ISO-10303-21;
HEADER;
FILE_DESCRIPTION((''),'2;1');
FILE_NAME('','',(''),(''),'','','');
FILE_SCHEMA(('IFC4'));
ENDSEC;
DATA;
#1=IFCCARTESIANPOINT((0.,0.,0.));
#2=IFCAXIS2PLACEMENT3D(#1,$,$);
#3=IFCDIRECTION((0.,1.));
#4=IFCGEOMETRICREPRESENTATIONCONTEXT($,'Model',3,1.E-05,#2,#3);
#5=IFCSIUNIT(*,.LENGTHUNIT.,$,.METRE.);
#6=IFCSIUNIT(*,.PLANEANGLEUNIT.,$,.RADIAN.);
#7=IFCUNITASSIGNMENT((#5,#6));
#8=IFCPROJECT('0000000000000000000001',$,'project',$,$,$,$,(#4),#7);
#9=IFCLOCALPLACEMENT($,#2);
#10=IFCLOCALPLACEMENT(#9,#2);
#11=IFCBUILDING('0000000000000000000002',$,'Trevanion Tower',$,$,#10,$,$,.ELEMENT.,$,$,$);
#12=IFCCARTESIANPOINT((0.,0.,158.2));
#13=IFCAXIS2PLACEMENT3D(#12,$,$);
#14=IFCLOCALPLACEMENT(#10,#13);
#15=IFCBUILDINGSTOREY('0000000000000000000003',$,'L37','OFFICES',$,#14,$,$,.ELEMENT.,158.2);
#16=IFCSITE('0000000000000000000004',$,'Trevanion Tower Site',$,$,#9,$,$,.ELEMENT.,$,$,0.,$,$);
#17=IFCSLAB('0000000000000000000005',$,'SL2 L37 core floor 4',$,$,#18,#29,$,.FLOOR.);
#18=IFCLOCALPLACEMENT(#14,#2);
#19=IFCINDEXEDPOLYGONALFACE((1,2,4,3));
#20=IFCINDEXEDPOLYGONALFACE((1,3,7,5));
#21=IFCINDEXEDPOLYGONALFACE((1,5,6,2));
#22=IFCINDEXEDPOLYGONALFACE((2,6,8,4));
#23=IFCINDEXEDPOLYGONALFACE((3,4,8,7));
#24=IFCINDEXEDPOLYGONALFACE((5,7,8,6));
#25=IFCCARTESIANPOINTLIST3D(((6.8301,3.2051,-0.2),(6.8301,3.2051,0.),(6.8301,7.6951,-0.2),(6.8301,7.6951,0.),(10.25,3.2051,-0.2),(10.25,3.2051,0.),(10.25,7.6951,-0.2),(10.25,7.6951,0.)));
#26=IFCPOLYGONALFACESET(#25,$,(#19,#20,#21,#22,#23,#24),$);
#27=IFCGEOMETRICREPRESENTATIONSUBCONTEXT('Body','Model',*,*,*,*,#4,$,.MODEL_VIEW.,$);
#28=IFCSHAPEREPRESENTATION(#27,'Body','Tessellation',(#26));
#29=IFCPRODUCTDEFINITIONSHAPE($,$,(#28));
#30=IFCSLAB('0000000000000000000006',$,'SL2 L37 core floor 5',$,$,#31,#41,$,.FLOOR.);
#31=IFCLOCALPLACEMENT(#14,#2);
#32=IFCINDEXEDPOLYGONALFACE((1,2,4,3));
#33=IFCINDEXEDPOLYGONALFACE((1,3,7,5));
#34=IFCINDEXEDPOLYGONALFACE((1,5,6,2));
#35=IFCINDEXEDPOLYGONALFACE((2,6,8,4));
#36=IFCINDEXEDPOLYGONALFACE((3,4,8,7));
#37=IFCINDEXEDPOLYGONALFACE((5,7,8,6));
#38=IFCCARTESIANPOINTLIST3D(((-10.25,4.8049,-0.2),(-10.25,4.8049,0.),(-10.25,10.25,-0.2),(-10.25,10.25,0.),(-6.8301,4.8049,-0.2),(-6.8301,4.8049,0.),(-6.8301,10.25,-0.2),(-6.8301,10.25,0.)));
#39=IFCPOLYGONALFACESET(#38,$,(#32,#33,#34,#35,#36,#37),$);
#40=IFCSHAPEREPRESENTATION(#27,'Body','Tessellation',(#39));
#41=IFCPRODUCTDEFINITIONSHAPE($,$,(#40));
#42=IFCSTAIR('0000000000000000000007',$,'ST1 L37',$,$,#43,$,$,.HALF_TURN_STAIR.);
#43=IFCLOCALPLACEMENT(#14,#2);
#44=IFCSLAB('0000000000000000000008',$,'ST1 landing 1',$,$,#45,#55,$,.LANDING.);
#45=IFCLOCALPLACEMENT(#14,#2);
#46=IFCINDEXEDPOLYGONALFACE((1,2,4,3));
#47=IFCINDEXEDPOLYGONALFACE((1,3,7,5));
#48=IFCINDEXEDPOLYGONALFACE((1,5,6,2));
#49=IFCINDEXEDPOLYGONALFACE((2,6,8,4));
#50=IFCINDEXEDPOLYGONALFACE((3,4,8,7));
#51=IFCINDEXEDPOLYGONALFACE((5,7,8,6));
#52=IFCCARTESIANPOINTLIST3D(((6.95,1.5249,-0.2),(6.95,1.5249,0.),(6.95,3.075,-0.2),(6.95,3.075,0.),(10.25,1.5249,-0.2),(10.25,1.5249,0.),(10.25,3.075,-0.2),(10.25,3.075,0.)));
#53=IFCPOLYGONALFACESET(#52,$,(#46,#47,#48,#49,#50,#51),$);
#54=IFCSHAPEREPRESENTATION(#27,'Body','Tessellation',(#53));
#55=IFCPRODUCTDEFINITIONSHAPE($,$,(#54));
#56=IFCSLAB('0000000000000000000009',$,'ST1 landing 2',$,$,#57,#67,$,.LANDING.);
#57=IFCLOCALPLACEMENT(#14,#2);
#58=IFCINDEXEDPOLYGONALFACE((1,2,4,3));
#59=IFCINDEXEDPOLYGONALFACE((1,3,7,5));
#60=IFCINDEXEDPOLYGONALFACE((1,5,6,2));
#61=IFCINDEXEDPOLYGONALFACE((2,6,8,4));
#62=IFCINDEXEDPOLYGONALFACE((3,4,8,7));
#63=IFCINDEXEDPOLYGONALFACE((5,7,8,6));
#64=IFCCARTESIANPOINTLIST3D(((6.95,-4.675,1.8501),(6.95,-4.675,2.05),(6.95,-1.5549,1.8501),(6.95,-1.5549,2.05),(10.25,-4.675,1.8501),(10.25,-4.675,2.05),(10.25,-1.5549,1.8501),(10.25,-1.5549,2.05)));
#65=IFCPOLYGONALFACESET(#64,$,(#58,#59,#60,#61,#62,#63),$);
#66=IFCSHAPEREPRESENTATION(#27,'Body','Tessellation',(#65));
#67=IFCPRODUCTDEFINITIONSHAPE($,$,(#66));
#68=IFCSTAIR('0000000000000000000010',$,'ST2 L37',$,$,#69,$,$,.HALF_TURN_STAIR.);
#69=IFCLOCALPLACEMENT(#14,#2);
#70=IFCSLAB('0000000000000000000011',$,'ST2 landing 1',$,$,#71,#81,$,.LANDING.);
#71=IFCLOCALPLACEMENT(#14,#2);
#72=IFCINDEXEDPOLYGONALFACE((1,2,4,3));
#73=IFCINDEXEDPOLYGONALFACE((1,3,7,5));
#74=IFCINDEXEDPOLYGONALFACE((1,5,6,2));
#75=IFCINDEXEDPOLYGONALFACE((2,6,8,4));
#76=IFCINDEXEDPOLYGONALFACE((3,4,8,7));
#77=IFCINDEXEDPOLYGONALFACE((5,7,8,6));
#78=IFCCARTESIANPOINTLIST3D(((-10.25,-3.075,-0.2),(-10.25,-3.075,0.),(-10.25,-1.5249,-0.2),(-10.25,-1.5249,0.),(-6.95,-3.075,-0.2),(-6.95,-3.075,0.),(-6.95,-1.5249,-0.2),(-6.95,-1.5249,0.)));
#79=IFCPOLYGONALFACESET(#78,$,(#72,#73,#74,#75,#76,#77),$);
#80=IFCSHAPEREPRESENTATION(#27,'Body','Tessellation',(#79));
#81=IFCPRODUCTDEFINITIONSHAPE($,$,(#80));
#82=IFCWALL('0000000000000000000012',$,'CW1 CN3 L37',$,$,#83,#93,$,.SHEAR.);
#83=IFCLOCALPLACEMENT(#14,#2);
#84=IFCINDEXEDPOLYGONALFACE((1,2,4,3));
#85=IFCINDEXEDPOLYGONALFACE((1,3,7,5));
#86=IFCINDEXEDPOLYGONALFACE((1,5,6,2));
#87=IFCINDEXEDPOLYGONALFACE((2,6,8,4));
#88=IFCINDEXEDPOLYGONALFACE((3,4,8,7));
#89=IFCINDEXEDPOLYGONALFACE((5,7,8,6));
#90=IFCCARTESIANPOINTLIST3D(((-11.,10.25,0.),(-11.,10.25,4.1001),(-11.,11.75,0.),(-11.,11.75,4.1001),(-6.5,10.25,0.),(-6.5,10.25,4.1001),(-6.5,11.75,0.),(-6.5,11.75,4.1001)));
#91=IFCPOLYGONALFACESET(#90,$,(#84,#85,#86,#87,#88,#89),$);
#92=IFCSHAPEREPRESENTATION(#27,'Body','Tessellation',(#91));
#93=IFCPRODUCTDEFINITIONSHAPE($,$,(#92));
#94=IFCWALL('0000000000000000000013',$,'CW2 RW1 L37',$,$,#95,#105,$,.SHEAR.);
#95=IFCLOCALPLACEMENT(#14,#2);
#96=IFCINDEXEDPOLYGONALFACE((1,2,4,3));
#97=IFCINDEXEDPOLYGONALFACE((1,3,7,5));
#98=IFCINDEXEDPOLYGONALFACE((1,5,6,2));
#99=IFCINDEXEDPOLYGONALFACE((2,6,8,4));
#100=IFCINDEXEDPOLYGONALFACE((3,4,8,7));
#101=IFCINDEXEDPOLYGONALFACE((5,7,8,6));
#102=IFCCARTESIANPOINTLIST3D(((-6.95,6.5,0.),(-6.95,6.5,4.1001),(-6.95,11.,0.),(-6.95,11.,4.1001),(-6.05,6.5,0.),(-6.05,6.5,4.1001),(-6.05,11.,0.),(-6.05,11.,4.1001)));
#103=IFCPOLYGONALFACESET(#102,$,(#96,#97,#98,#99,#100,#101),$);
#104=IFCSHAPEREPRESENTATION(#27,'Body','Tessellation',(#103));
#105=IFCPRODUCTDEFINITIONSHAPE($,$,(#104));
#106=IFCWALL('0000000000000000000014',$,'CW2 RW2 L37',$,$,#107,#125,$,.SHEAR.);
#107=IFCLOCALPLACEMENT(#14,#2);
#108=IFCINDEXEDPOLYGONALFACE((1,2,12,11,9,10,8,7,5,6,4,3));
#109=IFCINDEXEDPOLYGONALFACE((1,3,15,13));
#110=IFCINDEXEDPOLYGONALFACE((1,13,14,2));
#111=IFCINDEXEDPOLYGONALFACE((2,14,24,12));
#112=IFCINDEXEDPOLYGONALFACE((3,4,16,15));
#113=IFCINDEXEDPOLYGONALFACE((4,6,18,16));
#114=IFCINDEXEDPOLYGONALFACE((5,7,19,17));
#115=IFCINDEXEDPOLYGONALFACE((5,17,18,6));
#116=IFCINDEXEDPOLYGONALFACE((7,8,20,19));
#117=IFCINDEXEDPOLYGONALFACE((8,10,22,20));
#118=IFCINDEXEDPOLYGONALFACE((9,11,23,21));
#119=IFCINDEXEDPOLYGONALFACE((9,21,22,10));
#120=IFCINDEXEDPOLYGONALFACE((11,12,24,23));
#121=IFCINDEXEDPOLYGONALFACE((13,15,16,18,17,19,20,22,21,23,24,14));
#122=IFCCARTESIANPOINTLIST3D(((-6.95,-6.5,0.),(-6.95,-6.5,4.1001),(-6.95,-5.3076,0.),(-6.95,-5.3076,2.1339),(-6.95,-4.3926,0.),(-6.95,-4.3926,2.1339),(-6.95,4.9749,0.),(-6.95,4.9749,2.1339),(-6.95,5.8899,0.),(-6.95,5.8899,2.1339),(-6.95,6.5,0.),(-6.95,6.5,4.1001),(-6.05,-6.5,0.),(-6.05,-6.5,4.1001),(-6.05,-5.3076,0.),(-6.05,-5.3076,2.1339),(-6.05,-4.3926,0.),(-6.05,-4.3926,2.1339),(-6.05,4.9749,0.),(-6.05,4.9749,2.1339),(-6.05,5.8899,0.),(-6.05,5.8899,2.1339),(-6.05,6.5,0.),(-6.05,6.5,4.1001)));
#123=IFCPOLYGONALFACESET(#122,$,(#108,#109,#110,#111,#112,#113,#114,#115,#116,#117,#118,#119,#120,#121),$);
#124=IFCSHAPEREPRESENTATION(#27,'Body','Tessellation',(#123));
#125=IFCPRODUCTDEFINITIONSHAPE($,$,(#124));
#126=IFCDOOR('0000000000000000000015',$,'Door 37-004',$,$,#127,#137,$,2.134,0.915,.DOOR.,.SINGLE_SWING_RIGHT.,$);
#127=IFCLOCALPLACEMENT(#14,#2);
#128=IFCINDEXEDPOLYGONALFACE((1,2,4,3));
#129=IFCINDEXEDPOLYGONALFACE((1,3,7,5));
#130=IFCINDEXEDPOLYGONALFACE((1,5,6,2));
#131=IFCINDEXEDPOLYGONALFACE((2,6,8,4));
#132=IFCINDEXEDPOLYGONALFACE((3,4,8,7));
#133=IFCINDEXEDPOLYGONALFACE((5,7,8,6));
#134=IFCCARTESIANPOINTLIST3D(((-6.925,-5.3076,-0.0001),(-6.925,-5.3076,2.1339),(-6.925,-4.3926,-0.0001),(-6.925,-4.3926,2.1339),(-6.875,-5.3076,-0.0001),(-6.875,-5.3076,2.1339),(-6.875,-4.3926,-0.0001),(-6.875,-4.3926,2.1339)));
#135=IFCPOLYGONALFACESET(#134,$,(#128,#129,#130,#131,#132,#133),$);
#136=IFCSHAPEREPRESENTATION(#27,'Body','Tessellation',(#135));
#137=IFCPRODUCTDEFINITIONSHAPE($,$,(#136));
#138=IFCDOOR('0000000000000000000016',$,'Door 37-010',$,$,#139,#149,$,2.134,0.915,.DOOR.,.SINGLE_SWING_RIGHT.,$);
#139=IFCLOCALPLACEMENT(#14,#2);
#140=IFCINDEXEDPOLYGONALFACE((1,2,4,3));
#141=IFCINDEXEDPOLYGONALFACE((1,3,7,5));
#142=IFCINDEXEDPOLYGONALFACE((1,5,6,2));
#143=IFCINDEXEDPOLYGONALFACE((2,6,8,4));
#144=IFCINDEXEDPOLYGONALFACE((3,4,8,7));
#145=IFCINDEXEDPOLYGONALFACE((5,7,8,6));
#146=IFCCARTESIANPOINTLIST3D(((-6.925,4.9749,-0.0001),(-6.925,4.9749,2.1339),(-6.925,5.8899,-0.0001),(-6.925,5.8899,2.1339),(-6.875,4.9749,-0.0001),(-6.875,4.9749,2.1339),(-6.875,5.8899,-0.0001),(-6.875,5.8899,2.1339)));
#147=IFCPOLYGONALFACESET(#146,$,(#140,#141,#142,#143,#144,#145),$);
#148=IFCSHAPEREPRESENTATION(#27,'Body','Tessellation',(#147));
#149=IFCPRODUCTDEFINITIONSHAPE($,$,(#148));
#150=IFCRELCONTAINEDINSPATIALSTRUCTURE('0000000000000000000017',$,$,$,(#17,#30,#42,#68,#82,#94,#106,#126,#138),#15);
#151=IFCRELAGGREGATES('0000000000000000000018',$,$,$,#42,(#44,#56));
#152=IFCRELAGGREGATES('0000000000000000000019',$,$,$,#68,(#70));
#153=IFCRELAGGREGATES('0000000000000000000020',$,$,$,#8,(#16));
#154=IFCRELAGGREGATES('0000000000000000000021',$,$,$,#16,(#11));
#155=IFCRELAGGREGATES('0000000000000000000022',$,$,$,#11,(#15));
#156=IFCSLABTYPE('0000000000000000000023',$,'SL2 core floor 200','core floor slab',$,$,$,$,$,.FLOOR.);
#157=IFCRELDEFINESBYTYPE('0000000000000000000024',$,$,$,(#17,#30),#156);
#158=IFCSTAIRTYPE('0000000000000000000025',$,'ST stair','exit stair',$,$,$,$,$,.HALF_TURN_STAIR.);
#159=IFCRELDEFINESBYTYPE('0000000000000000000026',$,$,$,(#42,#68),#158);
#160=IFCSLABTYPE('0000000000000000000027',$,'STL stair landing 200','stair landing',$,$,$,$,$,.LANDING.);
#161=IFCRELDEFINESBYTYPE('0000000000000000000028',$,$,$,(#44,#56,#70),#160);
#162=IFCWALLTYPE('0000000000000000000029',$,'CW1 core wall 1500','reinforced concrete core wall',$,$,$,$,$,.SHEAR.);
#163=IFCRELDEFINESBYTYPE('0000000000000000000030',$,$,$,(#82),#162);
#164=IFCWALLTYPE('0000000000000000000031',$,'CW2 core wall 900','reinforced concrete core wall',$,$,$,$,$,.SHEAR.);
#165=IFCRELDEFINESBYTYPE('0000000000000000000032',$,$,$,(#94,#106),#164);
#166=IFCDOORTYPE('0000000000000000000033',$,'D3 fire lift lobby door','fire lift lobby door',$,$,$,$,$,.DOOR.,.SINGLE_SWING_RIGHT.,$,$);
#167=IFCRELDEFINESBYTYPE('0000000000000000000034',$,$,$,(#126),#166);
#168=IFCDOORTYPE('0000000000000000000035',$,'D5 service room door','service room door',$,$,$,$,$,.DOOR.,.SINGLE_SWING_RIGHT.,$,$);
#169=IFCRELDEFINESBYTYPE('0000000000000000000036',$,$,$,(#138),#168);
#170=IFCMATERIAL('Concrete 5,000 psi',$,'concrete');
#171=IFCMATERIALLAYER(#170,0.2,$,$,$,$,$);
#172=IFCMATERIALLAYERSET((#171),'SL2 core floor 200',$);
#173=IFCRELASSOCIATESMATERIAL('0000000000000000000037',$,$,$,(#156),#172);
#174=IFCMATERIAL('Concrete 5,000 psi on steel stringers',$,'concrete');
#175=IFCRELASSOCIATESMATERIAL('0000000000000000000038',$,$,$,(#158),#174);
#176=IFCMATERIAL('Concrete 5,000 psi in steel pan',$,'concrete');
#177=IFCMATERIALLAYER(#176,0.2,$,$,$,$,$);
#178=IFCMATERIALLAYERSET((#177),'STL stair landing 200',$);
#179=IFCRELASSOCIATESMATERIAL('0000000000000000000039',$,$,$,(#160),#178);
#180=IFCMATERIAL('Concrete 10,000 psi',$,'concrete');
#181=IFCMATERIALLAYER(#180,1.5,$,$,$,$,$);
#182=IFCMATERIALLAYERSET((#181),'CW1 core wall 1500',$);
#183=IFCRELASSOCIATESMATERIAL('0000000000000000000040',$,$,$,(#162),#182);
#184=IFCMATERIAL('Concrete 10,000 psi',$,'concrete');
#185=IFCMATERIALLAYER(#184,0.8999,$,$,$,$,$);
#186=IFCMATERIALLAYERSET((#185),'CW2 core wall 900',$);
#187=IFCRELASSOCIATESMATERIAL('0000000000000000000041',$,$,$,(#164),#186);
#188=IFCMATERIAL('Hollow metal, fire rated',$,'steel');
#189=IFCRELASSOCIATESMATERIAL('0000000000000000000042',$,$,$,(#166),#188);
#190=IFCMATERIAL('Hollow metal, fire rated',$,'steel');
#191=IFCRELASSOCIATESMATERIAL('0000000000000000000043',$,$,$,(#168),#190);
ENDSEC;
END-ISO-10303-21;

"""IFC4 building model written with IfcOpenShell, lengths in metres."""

from ifc_helpers import new_model, si_unit, direction, frame, frame_2d, origin, place, context, subcontext, project, spatial, polyline, rectangle, outline, extrude, material, layer, layer_set, type_object, element, fill, aggregate, save


model = new_model("IFC4")

# Units and contexts
model_context = context("Model", 3, precision=1e-05, world=origin(), true_north=direction((0.0, 1.0)))
body_context = subcontext(model_context, "Body", "Model", "MODEL_VIEW")
ifc_project = project(units=[si_unit("LENGTHUNIT", "METRE"), si_unit("PLANEANGLEUNIT", "RADIAN")], contexts=[model_context])

# Site, building, storey
site_placement = place(None, origin())
site = spatial("IfcSite", under=ifc_project, at=site_placement, Name="Trevanion Tower Site", CompositionType="ELEMENT", RefElevation=0.0)
building_placement = place(site_placement, origin())
building = spatial("IfcBuilding", under=site, at=building_placement, Name="Trevanion Tower", CompositionType="ELEMENT")
storey_placement = place(building_placement, frame((0.0, 0.0, 158.2)))
storey = spatial("IfcBuildingStorey", under=building, at=storey_placement, Name="L37", Description="OFFICES", CompositionType="ELEMENT", Elevation=158.2)

# Slabs
ifc_material_1 = material(Name="Concrete 5,000 psi", Category="concrete")
ifc_layer_1 = layer(ifc_material_1, 0.2)
ifc_layer_set_1 = layer_set([ifc_layer_1], Name="SL2 core floor 200")
slab_type_1 = type_object("IfcSlabType", Name="SL2 core floor 200", Description="core floor slab", PredefinedType="FLOOR", material=ifc_layer_set_1)
slab_1_placement = place(storey_placement, frame((0.0, 0.0, -0.2)))
element("IfcSlab", 1, at=slab_1_placement, inside=storey, type_object=slab_type_1, Name="SL2 L37 core floor 4", PredefinedType="FLOOR", context=body_context, shape_type="SweptSolid", body=[
    extrude(outline(polyline([(6.8301, 3.2051), (6.8301, 7.6951), (10.25, 7.6951), (10.25, 3.2051), (6.8301, 3.2051)])), origin(), (0.0, 0.0, 1.0), 0.2),
])
slab_2_placement = place(storey_placement, frame((0.0, 0.0, -0.2)))
element("IfcSlab", 2, at=slab_2_placement, inside=storey, type_object=slab_type_1, Name="SL2 L37 core floor 5", PredefinedType="FLOOR", context=body_context, shape_type="SweptSolid", body=[
    extrude(outline(polyline([(-6.8301, 4.8049), (-10.25, 4.8049), (-10.25, 10.25), (-6.8301, 10.25), (-6.8301, 4.8049)])), origin(), (0.0, 0.0, 1.0), 0.2),
])

# Stair, slabs
ifc_material_2 = material(Name="Concrete 5,000 psi on steel stringers", Category="concrete")
stair_type = type_object("IfcStairType", Name="ST stair", Description="exit stair", PredefinedType="HALF_TURN_STAIR", material=ifc_material_2)
stair_1_placement = place(storey_placement, origin())
stair_1 = element("IfcStair", 3, at=stair_1_placement, inside=storey, type_object=stair_type, Name="ST1 L37", PredefinedType="HALF_TURN_STAIR")
ifc_material_3 = material(Name="Concrete 5,000 psi in steel pan", Category="concrete")
ifc_layer_2 = layer(ifc_material_3, 0.2)
ifc_layer_set_2 = layer_set([ifc_layer_2], Name="STL stair landing 200")
slab_type_2 = type_object("IfcSlabType", Name="STL stair landing 200", Description="stair landing", PredefinedType="LANDING", material=ifc_layer_set_2)
slab_3_placement = place(storey_placement, frame((0.0, 0.0, -0.2)))
slab_3 = element("IfcSlab", 4, at=slab_3_placement, type_object=slab_type_2, Name="ST1 landing 1", PredefinedType="LANDING", context=body_context, shape_type="SweptSolid", body=[
    extrude(outline(polyline([(6.95, 1.5249), (10.25, 1.5249), (10.25, 3.075), (6.95, 3.075), (6.95, 1.5249)])), origin(), (0.0, 0.0, 1.0), 0.2),
])
slab_4_placement = place(storey_placement, frame((0.0, 0.0, 1.8501)))
slab_4 = element("IfcSlab", 5, at=slab_4_placement, type_object=slab_type_2, Name="ST1 landing 2", PredefinedType="LANDING", context=body_context, shape_type="SweptSolid", body=[
    extrude(outline(polyline([(6.95, -4.675), (10.25, -4.675), (10.25, -1.5549), (6.95, -1.5549), (6.95, -4.675)])), origin(), (0.0, 0.0, 1.0), 0.2),
])
aggregate(stair_1, [slab_3, slab_4])

# Stair, slab
stair_2_placement = place(storey_placement, origin())
stair_2 = element("IfcStair", 6, at=stair_2_placement, inside=storey, type_object=stair_type, Name="ST2 L37", PredefinedType="HALF_TURN_STAIR")
slab_5_placement = place(storey_placement, frame((0.0, 0.0, -0.2)))
slab_5 = element("IfcSlab", 7, at=slab_5_placement, type_object=slab_type_2, Name="ST2 landing 1", PredefinedType="LANDING", context=body_context, shape_type="SweptSolid", body=[
    extrude(outline(polyline([(-6.95, -1.5249), (-10.25, -1.5249), (-10.25, -3.075), (-6.95, -3.075), (-6.95, -1.5249)])), origin(), (0.0, 0.0, 1.0), 0.2),
])

# Walls
ifc_material_4 = material(Name="Concrete 10,000 psi", Category="concrete")
ifc_layer_3 = layer(ifc_material_4, 1.5)
ifc_layer_set_3 = layer_set([ifc_layer_3], Name="CW1 core wall 1500")
wall_type_1 = type_object("IfcWallType", Name="CW1 core wall 1500", Description="reinforced concrete core wall", PredefinedType="SHEAR", material=ifc_layer_set_3)
wall_1_placement = place(storey_placement, frame((-6.5, 11.0, 0.0), z_axis=(0.0, 0.0, 1.0), x_axis=(-1.0, 0.0, 0.0)))
element("IfcWall", 8, at=wall_1_placement, inside=storey, type_object=wall_type_1, Name="CW1 CN3 L37", PredefinedType="SHEAR", context=body_context, shape_type="SweptSolid", body=[
    extrude(rectangle(XDim=4.5, YDim=1.5, at=frame_2d((2.25, 0.0))), origin(), (0.0, 0.0, 1.0), 4.1001),
])
ifc_material_5 = material(Name="Concrete 10,000 psi", Category="concrete")
ifc_layer_4 = layer(ifc_material_5, 0.8999)
ifc_layer_set_4 = layer_set([ifc_layer_4], Name="CW2 core wall 900")
wall_type_2 = type_object("IfcWallType", Name="CW2 core wall 900", Description="reinforced concrete core wall", PredefinedType="SHEAR", material=ifc_layer_set_4)
wall_2_placement = place(storey_placement, frame((-6.5, 11.0, 0.0), z_axis=(0.0, 0.0, 1.0), x_axis=(0.0, -1.0, 0.0)))
element("IfcWall", 9, at=wall_2_placement, inside=storey, type_object=wall_type_2, Name="CW2 RW1 L37", PredefinedType="SHEAR", context=body_context, shape_type="SweptSolid", body=[
    extrude(rectangle(XDim=4.5, YDim=0.8999, at=frame_2d((2.25, 0.0))), origin(), (0.0, 0.0, 1.0), 4.1001),
])

# Wall, openings, doors
wall_3_placement = place(storey_placement, frame((-6.5, 6.5, 0.0), z_axis=(0.0, 0.0, 1.0), x_axis=(0.0, -1.0, 0.0)))
wall_3 = element("IfcWall", 10, at=wall_3_placement, inside=storey, type_object=wall_type_2, Name="CW2 RW2 L37", PredefinedType="SHEAR", context=body_context, shape_type="SweptSolid", body=[
    extrude(rectangle(XDim=13.0, YDim=0.8999, at=frame_2d((6.5, 0.0))), origin(), (0.0, 0.0, 1.0), 4.1001),
])
opening_1_placement = place(wall_3_placement, frame((10.8926, 0.0, 0.0)))
opening_1 = element("IfcOpeningElement", 11, at=opening_1_placement, cuts=wall_3, PredefinedType="OPENING", context=body_context, shape_type="SweptSolid", body=[
    extrude(rectangle(XDim=0.915, YDim=2.134, at=frame_2d((0.4575, 1.0669))), frame((0.0, 0.46, 0.0), z_axis=(0.0, -1.0, 0.0), x_axis=(1.0, 0.0, 0.0)), (0.0, 0.0, 1.0), 0.9199),
])
opening_2_placement = place(wall_3_placement, frame((0.6101, 0.0, 0.0)))
opening_2 = element("IfcOpeningElement", 12, at=opening_2_placement, cuts=wall_3, PredefinedType="OPENING", context=body_context, shape_type="SweptSolid", body=[
    extrude(rectangle(XDim=0.915, YDim=2.134, at=frame_2d((0.4575, 1.0669))), frame((0.0, 0.46, 0.0), z_axis=(0.0, -1.0, 0.0), x_axis=(1.0, 0.0, 0.0)), (0.0, 0.0, 1.0), 0.9199),
])
ifc_material_6 = material(Name="Hollow metal, fire rated", Category="steel")
door_type_1 = type_object("IfcDoorType", Name="D3 fire lift lobby door", Description="fire lift lobby door", OperationType="SINGLE_SWING_RIGHT", PredefinedType="DOOR", material=ifc_material_6)
door_1_placement = place(opening_1_placement, origin())
door_1 = element("IfcDoor", 13, at=door_1_placement, inside=storey, type_object=door_type_1, Name="Door 37-004", OperationType="SINGLE_SWING_RIGHT", OverallHeight=2.134, OverallWidth=0.915, PredefinedType="DOOR", context=body_context, shape_type="SweptSolid", body=[
    extrude(rectangle(XDim=0.915, YDim=2.134, at=frame_2d((0.4575, 1.0669))), frame((0.0, -0.375, 0.0), z_axis=(0.0, -1.0, 0.0), x_axis=(1.0, 0.0, 0.0)), (0.0, 0.0, 1.0), 0.05),
])
fill(opening_1, door_1)
ifc_material_7 = material(Name="Hollow metal, fire rated", Category="steel")
door_type_2 = type_object("IfcDoorType", Name="D5 service room door", Description="service room door", OperationType="SINGLE_SWING_RIGHT", PredefinedType="DOOR", material=ifc_material_7)
door_2_placement = place(opening_2_placement, origin())
door_2 = element("IfcDoor", 14, at=door_2_placement, inside=storey, type_object=door_type_2, Name="Door 37-010", OperationType="SINGLE_SWING_RIGHT", OverallHeight=2.134, OverallWidth=0.915, PredefinedType="DOOR", context=body_context, shape_type="SweptSolid", body=[
    extrude(rectangle(XDim=0.915, YDim=2.134, at=frame_2d((0.4575, 1.0669))), frame((0.0, -0.375, 0.0), z_axis=(0.0, -1.0, 0.0), x_axis=(1.0, 0.0, 0.0)), (0.0, 0.0, 1.0), 0.05),
])
fill(opening_2, door_2)

aggregate(stair_2, [slab_5])

save(model, "model.ifc")
